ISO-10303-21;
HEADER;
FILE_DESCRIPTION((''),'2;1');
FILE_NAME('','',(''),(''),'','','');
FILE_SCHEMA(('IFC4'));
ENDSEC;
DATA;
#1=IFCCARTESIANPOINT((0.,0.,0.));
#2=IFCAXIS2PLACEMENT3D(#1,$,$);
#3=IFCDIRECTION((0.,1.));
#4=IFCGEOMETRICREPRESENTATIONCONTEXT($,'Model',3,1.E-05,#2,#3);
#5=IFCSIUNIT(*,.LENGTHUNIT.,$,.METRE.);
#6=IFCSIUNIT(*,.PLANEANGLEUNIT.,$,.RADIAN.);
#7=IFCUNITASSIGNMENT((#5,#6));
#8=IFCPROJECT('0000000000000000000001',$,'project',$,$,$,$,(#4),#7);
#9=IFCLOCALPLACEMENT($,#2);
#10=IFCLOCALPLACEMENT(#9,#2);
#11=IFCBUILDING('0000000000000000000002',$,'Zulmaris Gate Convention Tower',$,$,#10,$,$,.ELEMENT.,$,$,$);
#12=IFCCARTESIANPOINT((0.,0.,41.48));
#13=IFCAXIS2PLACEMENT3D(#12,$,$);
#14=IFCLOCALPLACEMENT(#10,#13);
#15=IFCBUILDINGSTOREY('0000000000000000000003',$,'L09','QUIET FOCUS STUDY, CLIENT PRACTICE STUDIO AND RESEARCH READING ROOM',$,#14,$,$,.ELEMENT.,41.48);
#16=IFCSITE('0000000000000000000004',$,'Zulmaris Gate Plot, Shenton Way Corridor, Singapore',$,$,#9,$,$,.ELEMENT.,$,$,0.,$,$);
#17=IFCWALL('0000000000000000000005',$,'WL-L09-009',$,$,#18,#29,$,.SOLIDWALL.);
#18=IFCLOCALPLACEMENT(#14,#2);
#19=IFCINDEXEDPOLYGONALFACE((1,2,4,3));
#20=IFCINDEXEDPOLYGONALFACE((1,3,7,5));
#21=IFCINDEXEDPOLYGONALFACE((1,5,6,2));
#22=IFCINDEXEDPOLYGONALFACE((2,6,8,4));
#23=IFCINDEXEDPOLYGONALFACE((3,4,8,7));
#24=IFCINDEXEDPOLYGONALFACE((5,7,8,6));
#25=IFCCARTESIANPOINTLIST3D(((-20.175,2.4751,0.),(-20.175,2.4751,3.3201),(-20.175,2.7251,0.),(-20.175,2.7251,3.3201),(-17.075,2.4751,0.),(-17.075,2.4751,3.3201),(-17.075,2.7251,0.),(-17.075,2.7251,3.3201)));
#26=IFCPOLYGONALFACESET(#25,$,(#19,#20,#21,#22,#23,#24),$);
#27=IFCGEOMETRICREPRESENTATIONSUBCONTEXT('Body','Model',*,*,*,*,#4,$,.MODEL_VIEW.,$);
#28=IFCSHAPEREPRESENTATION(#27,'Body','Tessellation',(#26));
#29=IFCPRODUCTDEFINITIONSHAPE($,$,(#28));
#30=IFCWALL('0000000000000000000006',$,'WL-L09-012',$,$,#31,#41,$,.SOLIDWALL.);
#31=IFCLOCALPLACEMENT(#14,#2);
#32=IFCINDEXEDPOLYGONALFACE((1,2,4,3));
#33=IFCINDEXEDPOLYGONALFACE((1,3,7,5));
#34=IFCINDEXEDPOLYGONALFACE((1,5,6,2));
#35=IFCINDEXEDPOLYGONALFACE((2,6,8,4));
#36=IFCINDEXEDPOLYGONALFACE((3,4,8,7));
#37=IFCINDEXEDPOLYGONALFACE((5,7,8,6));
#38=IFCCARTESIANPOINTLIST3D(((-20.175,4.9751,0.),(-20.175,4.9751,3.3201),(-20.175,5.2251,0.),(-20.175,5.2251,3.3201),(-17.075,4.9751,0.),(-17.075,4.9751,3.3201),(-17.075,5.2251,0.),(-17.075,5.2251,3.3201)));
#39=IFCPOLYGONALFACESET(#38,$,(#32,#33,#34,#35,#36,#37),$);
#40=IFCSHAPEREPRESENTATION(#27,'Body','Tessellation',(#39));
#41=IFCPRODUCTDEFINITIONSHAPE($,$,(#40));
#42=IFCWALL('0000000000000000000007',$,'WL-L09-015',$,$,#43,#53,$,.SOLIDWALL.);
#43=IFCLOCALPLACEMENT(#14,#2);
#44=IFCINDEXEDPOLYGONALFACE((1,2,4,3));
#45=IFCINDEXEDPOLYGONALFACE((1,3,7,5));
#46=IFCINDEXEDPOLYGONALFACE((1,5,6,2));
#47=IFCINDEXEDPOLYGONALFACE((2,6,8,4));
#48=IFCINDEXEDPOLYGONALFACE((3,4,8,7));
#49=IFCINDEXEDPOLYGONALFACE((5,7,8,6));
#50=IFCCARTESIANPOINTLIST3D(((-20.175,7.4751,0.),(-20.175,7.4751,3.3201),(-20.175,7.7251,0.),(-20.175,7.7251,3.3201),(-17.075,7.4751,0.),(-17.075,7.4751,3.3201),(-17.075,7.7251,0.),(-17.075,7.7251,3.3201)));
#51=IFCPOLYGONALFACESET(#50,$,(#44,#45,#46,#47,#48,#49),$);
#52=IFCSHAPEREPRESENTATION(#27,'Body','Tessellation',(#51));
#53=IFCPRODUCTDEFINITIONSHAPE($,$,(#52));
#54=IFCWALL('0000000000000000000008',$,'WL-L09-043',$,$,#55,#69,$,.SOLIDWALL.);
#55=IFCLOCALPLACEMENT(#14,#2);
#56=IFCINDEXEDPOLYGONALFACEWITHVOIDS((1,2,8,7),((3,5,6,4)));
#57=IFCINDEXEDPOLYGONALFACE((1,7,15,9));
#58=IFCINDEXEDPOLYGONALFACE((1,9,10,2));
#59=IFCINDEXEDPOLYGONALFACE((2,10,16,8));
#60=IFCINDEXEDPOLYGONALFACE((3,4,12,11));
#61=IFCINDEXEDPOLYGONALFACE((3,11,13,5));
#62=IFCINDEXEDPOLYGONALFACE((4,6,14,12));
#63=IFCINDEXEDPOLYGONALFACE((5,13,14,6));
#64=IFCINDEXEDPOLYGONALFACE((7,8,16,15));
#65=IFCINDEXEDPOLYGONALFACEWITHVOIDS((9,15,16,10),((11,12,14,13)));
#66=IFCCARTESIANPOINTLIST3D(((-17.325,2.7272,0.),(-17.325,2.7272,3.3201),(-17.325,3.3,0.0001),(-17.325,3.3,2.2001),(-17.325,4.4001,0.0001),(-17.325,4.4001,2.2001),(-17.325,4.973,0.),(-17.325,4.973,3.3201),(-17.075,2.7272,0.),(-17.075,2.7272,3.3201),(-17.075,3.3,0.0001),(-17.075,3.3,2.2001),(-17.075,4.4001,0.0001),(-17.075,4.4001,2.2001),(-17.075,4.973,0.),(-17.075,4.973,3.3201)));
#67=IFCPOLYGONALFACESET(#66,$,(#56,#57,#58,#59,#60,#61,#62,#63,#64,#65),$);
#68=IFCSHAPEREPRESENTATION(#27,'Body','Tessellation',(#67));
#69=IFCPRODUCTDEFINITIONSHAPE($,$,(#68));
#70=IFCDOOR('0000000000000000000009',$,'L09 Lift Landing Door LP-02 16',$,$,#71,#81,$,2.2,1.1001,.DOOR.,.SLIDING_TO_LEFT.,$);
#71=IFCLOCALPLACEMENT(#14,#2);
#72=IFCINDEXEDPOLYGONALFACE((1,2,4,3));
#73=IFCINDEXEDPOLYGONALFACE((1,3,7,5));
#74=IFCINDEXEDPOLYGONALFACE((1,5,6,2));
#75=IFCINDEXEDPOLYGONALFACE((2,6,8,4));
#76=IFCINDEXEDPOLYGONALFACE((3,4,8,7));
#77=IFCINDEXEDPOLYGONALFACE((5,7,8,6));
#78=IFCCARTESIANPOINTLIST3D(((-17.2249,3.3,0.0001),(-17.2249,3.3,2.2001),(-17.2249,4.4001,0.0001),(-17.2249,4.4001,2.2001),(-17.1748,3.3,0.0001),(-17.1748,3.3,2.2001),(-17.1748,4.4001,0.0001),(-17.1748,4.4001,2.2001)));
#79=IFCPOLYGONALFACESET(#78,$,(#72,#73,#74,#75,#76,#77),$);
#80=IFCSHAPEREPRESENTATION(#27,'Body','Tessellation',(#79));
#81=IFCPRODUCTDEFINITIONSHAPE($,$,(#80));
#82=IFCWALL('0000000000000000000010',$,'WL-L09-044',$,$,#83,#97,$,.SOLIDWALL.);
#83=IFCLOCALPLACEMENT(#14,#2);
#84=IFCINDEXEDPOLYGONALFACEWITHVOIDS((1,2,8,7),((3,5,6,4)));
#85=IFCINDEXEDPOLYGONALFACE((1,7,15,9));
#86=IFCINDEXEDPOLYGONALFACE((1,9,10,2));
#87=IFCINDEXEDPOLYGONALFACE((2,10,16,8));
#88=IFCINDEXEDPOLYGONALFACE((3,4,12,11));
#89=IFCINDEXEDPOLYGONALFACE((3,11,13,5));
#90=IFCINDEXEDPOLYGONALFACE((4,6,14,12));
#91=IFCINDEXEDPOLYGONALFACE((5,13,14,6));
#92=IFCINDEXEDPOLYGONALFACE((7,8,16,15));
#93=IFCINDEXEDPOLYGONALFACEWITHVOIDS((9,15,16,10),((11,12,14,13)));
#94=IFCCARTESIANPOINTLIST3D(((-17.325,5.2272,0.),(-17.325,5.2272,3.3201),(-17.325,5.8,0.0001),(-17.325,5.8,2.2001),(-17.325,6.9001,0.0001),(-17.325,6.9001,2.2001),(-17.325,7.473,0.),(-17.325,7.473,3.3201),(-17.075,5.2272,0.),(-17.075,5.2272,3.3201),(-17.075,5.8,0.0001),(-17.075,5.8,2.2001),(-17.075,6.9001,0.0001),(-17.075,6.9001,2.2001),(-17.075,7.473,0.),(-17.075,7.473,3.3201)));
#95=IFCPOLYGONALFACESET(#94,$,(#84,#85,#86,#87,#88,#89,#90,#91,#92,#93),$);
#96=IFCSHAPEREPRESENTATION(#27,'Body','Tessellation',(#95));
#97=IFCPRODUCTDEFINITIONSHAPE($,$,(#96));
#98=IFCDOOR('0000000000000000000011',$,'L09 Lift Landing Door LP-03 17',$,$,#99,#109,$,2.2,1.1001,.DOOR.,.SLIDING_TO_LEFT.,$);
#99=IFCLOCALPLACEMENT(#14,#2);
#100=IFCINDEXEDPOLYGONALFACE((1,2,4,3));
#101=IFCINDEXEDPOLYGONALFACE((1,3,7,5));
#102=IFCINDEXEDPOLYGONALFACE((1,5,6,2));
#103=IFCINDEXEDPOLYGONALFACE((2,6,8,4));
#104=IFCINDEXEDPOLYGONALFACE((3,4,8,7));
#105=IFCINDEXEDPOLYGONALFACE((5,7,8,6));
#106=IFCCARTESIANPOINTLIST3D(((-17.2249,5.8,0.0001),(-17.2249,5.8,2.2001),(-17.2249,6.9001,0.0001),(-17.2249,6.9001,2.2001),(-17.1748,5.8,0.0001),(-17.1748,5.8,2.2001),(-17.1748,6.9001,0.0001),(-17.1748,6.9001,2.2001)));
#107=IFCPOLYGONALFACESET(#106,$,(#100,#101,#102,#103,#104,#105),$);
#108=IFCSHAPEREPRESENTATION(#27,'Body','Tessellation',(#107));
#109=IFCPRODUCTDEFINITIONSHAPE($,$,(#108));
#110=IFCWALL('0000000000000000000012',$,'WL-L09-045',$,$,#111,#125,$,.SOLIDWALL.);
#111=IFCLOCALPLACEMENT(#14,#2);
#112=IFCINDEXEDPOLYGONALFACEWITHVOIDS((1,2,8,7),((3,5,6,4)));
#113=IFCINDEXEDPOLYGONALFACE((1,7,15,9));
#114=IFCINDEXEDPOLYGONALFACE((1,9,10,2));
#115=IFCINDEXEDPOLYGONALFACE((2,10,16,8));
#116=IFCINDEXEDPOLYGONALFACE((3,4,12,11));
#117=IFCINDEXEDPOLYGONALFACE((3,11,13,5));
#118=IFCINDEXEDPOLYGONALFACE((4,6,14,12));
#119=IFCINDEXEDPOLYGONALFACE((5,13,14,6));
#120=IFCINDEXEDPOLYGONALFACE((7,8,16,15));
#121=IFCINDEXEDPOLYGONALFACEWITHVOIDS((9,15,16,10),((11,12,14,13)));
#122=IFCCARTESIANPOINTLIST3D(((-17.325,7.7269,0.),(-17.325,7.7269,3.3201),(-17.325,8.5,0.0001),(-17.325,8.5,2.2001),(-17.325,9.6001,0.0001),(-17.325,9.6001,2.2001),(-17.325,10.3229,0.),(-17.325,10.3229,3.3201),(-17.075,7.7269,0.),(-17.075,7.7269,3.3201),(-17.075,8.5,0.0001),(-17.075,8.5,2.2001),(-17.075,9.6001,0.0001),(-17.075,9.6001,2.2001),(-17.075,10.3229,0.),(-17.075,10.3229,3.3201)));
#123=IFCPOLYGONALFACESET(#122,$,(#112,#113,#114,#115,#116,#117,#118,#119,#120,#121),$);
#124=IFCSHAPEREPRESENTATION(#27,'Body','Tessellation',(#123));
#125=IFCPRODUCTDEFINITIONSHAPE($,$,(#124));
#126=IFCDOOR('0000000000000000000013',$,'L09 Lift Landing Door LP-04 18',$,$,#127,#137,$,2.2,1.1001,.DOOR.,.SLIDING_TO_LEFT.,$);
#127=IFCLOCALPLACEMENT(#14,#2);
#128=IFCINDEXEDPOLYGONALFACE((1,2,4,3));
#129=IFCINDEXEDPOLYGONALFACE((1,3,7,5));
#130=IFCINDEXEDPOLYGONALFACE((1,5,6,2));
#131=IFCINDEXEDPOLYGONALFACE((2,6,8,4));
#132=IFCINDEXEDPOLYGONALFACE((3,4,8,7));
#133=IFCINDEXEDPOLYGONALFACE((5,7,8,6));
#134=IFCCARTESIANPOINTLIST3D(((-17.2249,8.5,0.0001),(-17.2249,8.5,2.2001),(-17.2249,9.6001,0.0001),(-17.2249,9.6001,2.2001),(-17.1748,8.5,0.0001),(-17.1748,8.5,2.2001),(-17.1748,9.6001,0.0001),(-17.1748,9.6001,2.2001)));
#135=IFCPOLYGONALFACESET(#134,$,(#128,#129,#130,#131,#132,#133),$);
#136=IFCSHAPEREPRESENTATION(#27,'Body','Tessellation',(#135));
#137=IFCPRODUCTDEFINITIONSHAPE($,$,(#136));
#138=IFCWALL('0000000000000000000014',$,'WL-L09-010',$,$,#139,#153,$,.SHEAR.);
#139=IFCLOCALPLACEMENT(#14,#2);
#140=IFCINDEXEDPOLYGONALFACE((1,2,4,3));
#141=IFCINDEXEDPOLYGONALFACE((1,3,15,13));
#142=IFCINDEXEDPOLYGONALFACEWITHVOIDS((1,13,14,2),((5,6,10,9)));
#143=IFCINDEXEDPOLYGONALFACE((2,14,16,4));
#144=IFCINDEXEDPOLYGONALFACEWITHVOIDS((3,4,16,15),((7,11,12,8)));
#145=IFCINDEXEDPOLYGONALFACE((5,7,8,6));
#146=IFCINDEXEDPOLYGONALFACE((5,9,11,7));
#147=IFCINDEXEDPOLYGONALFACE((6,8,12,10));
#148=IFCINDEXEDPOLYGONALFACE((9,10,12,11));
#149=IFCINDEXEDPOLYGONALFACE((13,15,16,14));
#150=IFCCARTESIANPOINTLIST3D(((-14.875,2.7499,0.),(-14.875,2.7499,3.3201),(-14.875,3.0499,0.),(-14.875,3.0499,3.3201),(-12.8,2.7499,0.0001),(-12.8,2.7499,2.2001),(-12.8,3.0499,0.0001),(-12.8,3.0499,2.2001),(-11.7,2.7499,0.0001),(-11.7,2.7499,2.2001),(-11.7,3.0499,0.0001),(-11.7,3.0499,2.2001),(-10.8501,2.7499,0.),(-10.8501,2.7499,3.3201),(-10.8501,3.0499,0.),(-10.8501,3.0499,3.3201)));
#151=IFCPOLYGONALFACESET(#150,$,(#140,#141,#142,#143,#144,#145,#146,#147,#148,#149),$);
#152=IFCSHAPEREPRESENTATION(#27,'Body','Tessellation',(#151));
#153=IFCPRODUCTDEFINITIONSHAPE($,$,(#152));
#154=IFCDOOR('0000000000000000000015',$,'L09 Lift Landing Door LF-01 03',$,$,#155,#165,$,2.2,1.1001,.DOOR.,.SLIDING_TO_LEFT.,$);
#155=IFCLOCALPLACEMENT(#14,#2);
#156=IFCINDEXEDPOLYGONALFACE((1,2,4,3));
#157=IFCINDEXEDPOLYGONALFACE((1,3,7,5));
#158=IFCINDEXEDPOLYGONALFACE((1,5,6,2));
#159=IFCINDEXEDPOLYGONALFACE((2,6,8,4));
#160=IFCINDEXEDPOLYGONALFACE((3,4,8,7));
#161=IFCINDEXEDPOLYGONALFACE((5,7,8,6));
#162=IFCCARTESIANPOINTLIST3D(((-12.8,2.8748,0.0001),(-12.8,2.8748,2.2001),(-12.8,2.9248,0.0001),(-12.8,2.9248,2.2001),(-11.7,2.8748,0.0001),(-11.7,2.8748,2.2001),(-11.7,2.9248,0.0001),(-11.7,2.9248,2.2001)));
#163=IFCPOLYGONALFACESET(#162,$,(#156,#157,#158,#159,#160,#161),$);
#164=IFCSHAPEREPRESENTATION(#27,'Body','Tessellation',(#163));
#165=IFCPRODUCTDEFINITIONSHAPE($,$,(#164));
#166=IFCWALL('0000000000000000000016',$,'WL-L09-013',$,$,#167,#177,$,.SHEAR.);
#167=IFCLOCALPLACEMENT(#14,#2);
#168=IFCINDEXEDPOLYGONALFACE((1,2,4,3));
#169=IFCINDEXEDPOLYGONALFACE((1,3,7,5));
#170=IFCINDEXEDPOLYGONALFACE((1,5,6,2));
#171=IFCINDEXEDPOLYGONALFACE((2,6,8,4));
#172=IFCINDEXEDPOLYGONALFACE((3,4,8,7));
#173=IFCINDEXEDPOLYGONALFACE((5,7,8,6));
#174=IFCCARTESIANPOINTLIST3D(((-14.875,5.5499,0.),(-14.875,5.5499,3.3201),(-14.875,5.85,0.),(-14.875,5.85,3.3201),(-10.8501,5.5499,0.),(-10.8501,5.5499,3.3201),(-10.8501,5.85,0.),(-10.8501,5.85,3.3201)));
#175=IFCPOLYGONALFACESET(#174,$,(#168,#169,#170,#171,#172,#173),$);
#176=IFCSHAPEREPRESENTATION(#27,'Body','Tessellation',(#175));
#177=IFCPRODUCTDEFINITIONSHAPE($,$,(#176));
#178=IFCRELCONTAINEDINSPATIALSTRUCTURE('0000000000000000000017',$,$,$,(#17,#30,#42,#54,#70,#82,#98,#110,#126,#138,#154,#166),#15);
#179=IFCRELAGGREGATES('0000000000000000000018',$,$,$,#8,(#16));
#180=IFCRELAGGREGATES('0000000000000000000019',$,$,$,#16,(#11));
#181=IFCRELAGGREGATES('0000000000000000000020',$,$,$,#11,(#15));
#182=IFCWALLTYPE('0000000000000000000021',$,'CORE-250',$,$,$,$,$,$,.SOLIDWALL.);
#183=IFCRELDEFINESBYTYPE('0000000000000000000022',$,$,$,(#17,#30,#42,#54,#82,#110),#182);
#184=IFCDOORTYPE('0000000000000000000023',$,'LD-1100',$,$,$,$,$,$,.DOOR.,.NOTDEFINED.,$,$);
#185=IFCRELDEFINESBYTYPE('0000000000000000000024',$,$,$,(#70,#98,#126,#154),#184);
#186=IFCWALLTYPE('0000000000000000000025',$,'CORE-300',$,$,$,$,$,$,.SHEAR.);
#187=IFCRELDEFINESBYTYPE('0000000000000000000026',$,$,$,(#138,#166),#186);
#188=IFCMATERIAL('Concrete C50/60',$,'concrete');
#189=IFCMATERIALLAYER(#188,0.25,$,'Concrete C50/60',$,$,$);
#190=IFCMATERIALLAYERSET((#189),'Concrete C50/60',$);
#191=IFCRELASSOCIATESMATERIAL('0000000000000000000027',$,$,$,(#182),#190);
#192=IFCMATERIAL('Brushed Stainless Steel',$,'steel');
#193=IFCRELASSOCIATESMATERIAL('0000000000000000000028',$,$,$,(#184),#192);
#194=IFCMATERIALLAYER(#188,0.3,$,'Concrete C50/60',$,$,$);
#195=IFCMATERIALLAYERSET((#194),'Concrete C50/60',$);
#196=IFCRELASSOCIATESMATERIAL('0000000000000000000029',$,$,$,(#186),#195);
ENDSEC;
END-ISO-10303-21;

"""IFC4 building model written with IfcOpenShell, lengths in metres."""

from ifc_helpers import new_model, si_unit, direction, frame, frame_2d, origin, place, context, subcontext, project, spatial, rectangle, extrude, material, layer, layer_set, type_object, element, fill, save


model = new_model("IFC4")

# Units and contexts
model_context = context("Model", 3, precision=1e-05, world=origin(), true_north=direction((0.0, 1.0)))
body_context = subcontext(model_context, "Body", "Model", "MODEL_VIEW")
ifc_project = project(units=[si_unit("LENGTHUNIT", "METRE"), si_unit("PLANEANGLEUNIT", "RADIAN")], contexts=[model_context])

# Site, building, storey
site_placement = place(None, origin())
site = spatial("IfcSite", under=ifc_project, at=site_placement, Name="Zulmaris Gate Plot, Shenton Way Corridor, Singapore", CompositionType="ELEMENT", RefElevation=0.0)
building_placement = place(site_placement, origin())
building = spatial("IfcBuilding", under=site, at=building_placement, Name="Zulmaris Gate Convention Tower", CompositionType="ELEMENT")
storey_placement = place(building_placement, frame((0.0, 0.0, 41.48)))
storey = spatial("IfcBuildingStorey", under=building, at=storey_placement, Name="L09", Description="QUIET FOCUS STUDY, CLIENT PRACTICE STUDIO AND RESEARCH READING ROOM", CompositionType="ELEMENT", Elevation=41.48)

# Walls
ifc_material_1 = material(Name="Concrete C50/60", Category="concrete")
ifc_layer_1 = layer(ifc_material_1, 0.25, Name="Concrete C50/60")
ifc_layer_set_1 = layer_set([ifc_layer_1], Name="Concrete C50/60")
wall_type_1 = type_object("IfcWallType", Name="CORE-250", PredefinedType="SOLIDWALL", material=ifc_layer_set_1)
for number, where, z_axis, x_axis, name in (
    (1, (-20.175, 2.6001, 0.0), (0.0, 0.0, 1.0), (1.0, 0.0, 0.0), "WL-L09-009"),
    (2, (-20.175, 5.1001, 0.0), (0.0, 0.0, 1.0), (1.0, 0.0, 0.0), "WL-L09-012"),
    (3, (-20.175, 7.6001, 0.0), (0.0, 0.0, 1.0), (1.0, 0.0, 0.0), "WL-L09-015"),
):
    element("IfcWall", number, at=place(storey_placement, frame(where, z_axis=z_axis, x_axis=x_axis)), inside=storey, type_object=wall_type_1, Name=name, PredefinedType="SOLIDWALL", context=body_context, shape_type="SweptSolid", body=[
        extrude(rectangle(XDim=3.1001, YDim=0.25, at=frame_2d((1.55, 0.0))), origin(), (0.0, 0.0, 1.0), 3.3201),
    ])

# Walls, openings, doors
wall_1_placement = place(storey_placement, frame((-17.2, 2.7271, 0.0), z_axis=(0.0, 0.0, 1.0), x_axis=(0.0, 1.0, 0.0)))
wall_1 = element("IfcWall", 4, at=wall_1_placement, inside=storey, type_object=wall_type_1, Name="WL-L09-043", PredefinedType="SOLIDWALL", context=body_context, shape_type="SweptSolid", body=[
    extrude(rectangle(XDim=2.2458, YDim=0.25, at=frame_2d((1.123, 0.0))), origin(), (0.0, 0.0, 1.0), 3.3201),
])
opening_1_placement = place(wall_1_placement, frame((0.573, 0.0, 0.0)))
opening_1 = element("IfcOpeningElement", 5, at=opening_1_placement, cuts=wall_1, PredefinedType="OPENING", context=body_context, shape_type="SweptSolid", body=[
    extrude(rectangle(XDim=1.1001, YDim=2.2, at=frame_2d((0.55, 1.1001))), frame((0.0, 0.135, 0.0), z_axis=(0.0, -1.0, 0.0), x_axis=(1.0, 0.0, 0.0)), (0.0, 0.0, 1.0), 0.27),
])
ifc_material_2 = material(Name="Brushed Stainless Steel", Category="steel")
door_type = type_object("IfcDoorType", Name="LD-1100", OperationType="NOTDEFINED", PredefinedType="DOOR", material=ifc_material_2)
door_1_placement = place(opening_1_placement, origin())
door_1 = element("IfcDoor", 6, at=door_1_placement, inside=storey, type_object=door_type, Name="L09 Lift Landing Door LP-02 16", OperationType="SLIDING_TO_LEFT", OverallHeight=2.2, OverallWidth=1.1001, PredefinedType="DOOR", context=body_context, shape_type="SweptSolid", body=[
    extrude(rectangle(XDim=1.1001, YDim=2.2, at=frame_2d((0.55, 1.1001))), frame((0.0, 0.0249, 0.0), z_axis=(0.0, -1.0, 0.0), x_axis=(1.0, 0.0, 0.0)), (0.0, 0.0, 1.0), 0.05),
])
fill(opening_1, door_1)
wall_2_placement = place(storey_placement, frame((-17.2, 5.2271, 0.0), z_axis=(0.0, 0.0, 1.0), x_axis=(0.0, 1.0, 0.0)))
wall_2 = element("IfcWall", 7, at=wall_2_placement, inside=storey, type_object=wall_type_1, Name="WL-L09-044", PredefinedType="SOLIDWALL", context=body_context, shape_type="SweptSolid", body=[
    extrude(rectangle(XDim=2.2458, YDim=0.25, at=frame_2d((1.123, 0.0))), origin(), (0.0, 0.0, 1.0), 3.3201),
])
opening_2_placement = place(wall_2_placement, frame((0.573, 0.0, 0.0)))
opening_2 = element("IfcOpeningElement", 8, at=opening_2_placement, cuts=wall_2, PredefinedType="OPENING", context=body_context, shape_type="SweptSolid", body=[
    extrude(rectangle(XDim=1.1001, YDim=2.2, at=frame_2d((0.55, 1.1001))), frame((0.0, 0.135, 0.0), z_axis=(0.0, -1.0, 0.0), x_axis=(1.0, 0.0, 0.0)), (0.0, 0.0, 1.0), 0.27),
])
door_2_placement = place(opening_2_placement, origin())
door_2 = element("IfcDoor", 9, at=door_2_placement, inside=storey, type_object=door_type, Name="L09 Lift Landing Door LP-03 17", OperationType="SLIDING_TO_LEFT", OverallHeight=2.2, OverallWidth=1.1001, PredefinedType="DOOR", context=body_context, shape_type="SweptSolid", body=[
    extrude(rectangle(XDim=1.1001, YDim=2.2, at=frame_2d((0.55, 1.1001))), frame((0.0, 0.0249, 0.0), z_axis=(0.0, -1.0, 0.0), x_axis=(1.0, 0.0, 0.0)), (0.0, 0.0, 1.0), 0.05),
])
fill(opening_2, door_2)
wall_3_placement = place(storey_placement, frame((-17.2, 7.7271, 0.0), z_axis=(0.0, 0.0, 1.0), x_axis=(0.0, 1.0, 0.0)))
wall_3 = element("IfcWall", 10, at=wall_3_placement, inside=storey, type_object=wall_type_1, Name="WL-L09-045", PredefinedType="SOLIDWALL", context=body_context, shape_type="SweptSolid", body=[
    extrude(rectangle(XDim=2.5959, YDim=0.25, at=frame_2d((1.2979, 0.0))), origin(), (0.0, 0.0, 1.0), 3.3201),
])
opening_3_placement = place(wall_3_placement, frame((0.7729, 0.0, 0.0)))
opening_3 = element("IfcOpeningElement", 11, at=opening_3_placement, cuts=wall_3, PredefinedType="OPENING", context=body_context, shape_type="SweptSolid", body=[
    extrude(rectangle(XDim=1.1001, YDim=2.2, at=frame_2d((0.55, 1.1001))), frame((0.0, 0.135, 0.0), z_axis=(0.0, -1.0, 0.0), x_axis=(1.0, 0.0, 0.0)), (0.0, 0.0, 1.0), 0.27),
])
door_3_placement = place(opening_3_placement, origin())
door_3 = element("IfcDoor", 12, at=door_3_placement, inside=storey, type_object=door_type, Name="L09 Lift Landing Door LP-04 18", OperationType="SLIDING_TO_LEFT", OverallHeight=2.2, OverallWidth=1.1001, PredefinedType="DOOR", context=body_context, shape_type="SweptSolid", body=[
    extrude(rectangle(XDim=1.1001, YDim=2.2, at=frame_2d((0.55, 1.1001))), frame((0.0, 0.0249, 0.0), z_axis=(0.0, -1.0, 0.0), x_axis=(1.0, 0.0, 0.0)), (0.0, 0.0, 1.0), 0.05),
])
fill(opening_3, door_3)
ifc_layer_2 = layer(ifc_material_1, 0.3, Name="Concrete C50/60")
ifc_layer_set_2 = layer_set([ifc_layer_2], Name="Concrete C50/60")
wall_type_2 = type_object("IfcWallType", Name="CORE-300", PredefinedType="SHEAR", material=ifc_layer_set_2)
wall_4_placement = place(storey_placement, frame((-14.875, 2.8999, 0.0), z_axis=(0.0, 0.0, 1.0), x_axis=(1.0, 0.0, 0.0)))
wall_4 = element("IfcWall", 13, at=wall_4_placement, inside=storey, type_object=wall_type_2, Name="WL-L09-010", PredefinedType="SHEAR", context=body_context, shape_type="SweptSolid", body=[
    extrude(rectangle(XDim=4.0249, YDim=0.3, at=frame_2d((2.0125, 0.0))), origin(), (0.0, 0.0, 1.0), 3.3201),
])
opening_4_placement = place(wall_4_placement, frame((2.075, 0.0, 0.0)))
opening_4 = element("IfcOpeningElement", 14, at=opening_4_placement, cuts=wall_4, PredefinedType="OPENING", context=body_context, shape_type="SweptSolid", body=[
    extrude(rectangle(XDim=1.1001, YDim=2.2, at=frame_2d((0.55, 1.1001))), frame((0.0, 0.1602, 0.0), z_axis=(0.0, -1.0, 0.0), x_axis=(1.0, 0.0, 0.0)), (0.0, 0.0, 1.0), 0.3201),
])
door_4_placement = place(opening_4_placement, origin())
door_4 = element("IfcDoor", 15, at=door_4_placement, inside=storey, type_object=door_type, Name="L09 Lift Landing Door LF-01 03", OperationType="SLIDING_TO_LEFT", OverallHeight=2.2, OverallWidth=1.1001, PredefinedType="DOOR", context=body_context, shape_type="SweptSolid", body=[
    extrude(rectangle(XDim=1.1001, YDim=2.2, at=frame_2d((0.55, 1.1001))), frame((0.0, 0.0249, 0.0), z_axis=(0.0, -1.0, 0.0), x_axis=(1.0, 0.0, 0.0)), (0.0, 0.0, 1.0), 0.05),
])
fill(opening_4, door_4)

# Wall
wall_5_placement = place(storey_placement, frame((-14.875, 5.7, 0.0), z_axis=(0.0, 0.0, 1.0), x_axis=(1.0, 0.0, 0.0)))
element("IfcWall", 16, at=wall_5_placement, inside=storey, type_object=wall_type_2, Name="WL-L09-013", PredefinedType="SHEAR", context=body_context, shape_type="SweptSolid", body=[
    extrude(rectangle(XDim=4.0249, YDim=0.3, at=frame_2d((2.0125, 0.0))), origin(), (0.0, 0.0, 1.0), 3.3201),
])

save(model, "model.ifc")
